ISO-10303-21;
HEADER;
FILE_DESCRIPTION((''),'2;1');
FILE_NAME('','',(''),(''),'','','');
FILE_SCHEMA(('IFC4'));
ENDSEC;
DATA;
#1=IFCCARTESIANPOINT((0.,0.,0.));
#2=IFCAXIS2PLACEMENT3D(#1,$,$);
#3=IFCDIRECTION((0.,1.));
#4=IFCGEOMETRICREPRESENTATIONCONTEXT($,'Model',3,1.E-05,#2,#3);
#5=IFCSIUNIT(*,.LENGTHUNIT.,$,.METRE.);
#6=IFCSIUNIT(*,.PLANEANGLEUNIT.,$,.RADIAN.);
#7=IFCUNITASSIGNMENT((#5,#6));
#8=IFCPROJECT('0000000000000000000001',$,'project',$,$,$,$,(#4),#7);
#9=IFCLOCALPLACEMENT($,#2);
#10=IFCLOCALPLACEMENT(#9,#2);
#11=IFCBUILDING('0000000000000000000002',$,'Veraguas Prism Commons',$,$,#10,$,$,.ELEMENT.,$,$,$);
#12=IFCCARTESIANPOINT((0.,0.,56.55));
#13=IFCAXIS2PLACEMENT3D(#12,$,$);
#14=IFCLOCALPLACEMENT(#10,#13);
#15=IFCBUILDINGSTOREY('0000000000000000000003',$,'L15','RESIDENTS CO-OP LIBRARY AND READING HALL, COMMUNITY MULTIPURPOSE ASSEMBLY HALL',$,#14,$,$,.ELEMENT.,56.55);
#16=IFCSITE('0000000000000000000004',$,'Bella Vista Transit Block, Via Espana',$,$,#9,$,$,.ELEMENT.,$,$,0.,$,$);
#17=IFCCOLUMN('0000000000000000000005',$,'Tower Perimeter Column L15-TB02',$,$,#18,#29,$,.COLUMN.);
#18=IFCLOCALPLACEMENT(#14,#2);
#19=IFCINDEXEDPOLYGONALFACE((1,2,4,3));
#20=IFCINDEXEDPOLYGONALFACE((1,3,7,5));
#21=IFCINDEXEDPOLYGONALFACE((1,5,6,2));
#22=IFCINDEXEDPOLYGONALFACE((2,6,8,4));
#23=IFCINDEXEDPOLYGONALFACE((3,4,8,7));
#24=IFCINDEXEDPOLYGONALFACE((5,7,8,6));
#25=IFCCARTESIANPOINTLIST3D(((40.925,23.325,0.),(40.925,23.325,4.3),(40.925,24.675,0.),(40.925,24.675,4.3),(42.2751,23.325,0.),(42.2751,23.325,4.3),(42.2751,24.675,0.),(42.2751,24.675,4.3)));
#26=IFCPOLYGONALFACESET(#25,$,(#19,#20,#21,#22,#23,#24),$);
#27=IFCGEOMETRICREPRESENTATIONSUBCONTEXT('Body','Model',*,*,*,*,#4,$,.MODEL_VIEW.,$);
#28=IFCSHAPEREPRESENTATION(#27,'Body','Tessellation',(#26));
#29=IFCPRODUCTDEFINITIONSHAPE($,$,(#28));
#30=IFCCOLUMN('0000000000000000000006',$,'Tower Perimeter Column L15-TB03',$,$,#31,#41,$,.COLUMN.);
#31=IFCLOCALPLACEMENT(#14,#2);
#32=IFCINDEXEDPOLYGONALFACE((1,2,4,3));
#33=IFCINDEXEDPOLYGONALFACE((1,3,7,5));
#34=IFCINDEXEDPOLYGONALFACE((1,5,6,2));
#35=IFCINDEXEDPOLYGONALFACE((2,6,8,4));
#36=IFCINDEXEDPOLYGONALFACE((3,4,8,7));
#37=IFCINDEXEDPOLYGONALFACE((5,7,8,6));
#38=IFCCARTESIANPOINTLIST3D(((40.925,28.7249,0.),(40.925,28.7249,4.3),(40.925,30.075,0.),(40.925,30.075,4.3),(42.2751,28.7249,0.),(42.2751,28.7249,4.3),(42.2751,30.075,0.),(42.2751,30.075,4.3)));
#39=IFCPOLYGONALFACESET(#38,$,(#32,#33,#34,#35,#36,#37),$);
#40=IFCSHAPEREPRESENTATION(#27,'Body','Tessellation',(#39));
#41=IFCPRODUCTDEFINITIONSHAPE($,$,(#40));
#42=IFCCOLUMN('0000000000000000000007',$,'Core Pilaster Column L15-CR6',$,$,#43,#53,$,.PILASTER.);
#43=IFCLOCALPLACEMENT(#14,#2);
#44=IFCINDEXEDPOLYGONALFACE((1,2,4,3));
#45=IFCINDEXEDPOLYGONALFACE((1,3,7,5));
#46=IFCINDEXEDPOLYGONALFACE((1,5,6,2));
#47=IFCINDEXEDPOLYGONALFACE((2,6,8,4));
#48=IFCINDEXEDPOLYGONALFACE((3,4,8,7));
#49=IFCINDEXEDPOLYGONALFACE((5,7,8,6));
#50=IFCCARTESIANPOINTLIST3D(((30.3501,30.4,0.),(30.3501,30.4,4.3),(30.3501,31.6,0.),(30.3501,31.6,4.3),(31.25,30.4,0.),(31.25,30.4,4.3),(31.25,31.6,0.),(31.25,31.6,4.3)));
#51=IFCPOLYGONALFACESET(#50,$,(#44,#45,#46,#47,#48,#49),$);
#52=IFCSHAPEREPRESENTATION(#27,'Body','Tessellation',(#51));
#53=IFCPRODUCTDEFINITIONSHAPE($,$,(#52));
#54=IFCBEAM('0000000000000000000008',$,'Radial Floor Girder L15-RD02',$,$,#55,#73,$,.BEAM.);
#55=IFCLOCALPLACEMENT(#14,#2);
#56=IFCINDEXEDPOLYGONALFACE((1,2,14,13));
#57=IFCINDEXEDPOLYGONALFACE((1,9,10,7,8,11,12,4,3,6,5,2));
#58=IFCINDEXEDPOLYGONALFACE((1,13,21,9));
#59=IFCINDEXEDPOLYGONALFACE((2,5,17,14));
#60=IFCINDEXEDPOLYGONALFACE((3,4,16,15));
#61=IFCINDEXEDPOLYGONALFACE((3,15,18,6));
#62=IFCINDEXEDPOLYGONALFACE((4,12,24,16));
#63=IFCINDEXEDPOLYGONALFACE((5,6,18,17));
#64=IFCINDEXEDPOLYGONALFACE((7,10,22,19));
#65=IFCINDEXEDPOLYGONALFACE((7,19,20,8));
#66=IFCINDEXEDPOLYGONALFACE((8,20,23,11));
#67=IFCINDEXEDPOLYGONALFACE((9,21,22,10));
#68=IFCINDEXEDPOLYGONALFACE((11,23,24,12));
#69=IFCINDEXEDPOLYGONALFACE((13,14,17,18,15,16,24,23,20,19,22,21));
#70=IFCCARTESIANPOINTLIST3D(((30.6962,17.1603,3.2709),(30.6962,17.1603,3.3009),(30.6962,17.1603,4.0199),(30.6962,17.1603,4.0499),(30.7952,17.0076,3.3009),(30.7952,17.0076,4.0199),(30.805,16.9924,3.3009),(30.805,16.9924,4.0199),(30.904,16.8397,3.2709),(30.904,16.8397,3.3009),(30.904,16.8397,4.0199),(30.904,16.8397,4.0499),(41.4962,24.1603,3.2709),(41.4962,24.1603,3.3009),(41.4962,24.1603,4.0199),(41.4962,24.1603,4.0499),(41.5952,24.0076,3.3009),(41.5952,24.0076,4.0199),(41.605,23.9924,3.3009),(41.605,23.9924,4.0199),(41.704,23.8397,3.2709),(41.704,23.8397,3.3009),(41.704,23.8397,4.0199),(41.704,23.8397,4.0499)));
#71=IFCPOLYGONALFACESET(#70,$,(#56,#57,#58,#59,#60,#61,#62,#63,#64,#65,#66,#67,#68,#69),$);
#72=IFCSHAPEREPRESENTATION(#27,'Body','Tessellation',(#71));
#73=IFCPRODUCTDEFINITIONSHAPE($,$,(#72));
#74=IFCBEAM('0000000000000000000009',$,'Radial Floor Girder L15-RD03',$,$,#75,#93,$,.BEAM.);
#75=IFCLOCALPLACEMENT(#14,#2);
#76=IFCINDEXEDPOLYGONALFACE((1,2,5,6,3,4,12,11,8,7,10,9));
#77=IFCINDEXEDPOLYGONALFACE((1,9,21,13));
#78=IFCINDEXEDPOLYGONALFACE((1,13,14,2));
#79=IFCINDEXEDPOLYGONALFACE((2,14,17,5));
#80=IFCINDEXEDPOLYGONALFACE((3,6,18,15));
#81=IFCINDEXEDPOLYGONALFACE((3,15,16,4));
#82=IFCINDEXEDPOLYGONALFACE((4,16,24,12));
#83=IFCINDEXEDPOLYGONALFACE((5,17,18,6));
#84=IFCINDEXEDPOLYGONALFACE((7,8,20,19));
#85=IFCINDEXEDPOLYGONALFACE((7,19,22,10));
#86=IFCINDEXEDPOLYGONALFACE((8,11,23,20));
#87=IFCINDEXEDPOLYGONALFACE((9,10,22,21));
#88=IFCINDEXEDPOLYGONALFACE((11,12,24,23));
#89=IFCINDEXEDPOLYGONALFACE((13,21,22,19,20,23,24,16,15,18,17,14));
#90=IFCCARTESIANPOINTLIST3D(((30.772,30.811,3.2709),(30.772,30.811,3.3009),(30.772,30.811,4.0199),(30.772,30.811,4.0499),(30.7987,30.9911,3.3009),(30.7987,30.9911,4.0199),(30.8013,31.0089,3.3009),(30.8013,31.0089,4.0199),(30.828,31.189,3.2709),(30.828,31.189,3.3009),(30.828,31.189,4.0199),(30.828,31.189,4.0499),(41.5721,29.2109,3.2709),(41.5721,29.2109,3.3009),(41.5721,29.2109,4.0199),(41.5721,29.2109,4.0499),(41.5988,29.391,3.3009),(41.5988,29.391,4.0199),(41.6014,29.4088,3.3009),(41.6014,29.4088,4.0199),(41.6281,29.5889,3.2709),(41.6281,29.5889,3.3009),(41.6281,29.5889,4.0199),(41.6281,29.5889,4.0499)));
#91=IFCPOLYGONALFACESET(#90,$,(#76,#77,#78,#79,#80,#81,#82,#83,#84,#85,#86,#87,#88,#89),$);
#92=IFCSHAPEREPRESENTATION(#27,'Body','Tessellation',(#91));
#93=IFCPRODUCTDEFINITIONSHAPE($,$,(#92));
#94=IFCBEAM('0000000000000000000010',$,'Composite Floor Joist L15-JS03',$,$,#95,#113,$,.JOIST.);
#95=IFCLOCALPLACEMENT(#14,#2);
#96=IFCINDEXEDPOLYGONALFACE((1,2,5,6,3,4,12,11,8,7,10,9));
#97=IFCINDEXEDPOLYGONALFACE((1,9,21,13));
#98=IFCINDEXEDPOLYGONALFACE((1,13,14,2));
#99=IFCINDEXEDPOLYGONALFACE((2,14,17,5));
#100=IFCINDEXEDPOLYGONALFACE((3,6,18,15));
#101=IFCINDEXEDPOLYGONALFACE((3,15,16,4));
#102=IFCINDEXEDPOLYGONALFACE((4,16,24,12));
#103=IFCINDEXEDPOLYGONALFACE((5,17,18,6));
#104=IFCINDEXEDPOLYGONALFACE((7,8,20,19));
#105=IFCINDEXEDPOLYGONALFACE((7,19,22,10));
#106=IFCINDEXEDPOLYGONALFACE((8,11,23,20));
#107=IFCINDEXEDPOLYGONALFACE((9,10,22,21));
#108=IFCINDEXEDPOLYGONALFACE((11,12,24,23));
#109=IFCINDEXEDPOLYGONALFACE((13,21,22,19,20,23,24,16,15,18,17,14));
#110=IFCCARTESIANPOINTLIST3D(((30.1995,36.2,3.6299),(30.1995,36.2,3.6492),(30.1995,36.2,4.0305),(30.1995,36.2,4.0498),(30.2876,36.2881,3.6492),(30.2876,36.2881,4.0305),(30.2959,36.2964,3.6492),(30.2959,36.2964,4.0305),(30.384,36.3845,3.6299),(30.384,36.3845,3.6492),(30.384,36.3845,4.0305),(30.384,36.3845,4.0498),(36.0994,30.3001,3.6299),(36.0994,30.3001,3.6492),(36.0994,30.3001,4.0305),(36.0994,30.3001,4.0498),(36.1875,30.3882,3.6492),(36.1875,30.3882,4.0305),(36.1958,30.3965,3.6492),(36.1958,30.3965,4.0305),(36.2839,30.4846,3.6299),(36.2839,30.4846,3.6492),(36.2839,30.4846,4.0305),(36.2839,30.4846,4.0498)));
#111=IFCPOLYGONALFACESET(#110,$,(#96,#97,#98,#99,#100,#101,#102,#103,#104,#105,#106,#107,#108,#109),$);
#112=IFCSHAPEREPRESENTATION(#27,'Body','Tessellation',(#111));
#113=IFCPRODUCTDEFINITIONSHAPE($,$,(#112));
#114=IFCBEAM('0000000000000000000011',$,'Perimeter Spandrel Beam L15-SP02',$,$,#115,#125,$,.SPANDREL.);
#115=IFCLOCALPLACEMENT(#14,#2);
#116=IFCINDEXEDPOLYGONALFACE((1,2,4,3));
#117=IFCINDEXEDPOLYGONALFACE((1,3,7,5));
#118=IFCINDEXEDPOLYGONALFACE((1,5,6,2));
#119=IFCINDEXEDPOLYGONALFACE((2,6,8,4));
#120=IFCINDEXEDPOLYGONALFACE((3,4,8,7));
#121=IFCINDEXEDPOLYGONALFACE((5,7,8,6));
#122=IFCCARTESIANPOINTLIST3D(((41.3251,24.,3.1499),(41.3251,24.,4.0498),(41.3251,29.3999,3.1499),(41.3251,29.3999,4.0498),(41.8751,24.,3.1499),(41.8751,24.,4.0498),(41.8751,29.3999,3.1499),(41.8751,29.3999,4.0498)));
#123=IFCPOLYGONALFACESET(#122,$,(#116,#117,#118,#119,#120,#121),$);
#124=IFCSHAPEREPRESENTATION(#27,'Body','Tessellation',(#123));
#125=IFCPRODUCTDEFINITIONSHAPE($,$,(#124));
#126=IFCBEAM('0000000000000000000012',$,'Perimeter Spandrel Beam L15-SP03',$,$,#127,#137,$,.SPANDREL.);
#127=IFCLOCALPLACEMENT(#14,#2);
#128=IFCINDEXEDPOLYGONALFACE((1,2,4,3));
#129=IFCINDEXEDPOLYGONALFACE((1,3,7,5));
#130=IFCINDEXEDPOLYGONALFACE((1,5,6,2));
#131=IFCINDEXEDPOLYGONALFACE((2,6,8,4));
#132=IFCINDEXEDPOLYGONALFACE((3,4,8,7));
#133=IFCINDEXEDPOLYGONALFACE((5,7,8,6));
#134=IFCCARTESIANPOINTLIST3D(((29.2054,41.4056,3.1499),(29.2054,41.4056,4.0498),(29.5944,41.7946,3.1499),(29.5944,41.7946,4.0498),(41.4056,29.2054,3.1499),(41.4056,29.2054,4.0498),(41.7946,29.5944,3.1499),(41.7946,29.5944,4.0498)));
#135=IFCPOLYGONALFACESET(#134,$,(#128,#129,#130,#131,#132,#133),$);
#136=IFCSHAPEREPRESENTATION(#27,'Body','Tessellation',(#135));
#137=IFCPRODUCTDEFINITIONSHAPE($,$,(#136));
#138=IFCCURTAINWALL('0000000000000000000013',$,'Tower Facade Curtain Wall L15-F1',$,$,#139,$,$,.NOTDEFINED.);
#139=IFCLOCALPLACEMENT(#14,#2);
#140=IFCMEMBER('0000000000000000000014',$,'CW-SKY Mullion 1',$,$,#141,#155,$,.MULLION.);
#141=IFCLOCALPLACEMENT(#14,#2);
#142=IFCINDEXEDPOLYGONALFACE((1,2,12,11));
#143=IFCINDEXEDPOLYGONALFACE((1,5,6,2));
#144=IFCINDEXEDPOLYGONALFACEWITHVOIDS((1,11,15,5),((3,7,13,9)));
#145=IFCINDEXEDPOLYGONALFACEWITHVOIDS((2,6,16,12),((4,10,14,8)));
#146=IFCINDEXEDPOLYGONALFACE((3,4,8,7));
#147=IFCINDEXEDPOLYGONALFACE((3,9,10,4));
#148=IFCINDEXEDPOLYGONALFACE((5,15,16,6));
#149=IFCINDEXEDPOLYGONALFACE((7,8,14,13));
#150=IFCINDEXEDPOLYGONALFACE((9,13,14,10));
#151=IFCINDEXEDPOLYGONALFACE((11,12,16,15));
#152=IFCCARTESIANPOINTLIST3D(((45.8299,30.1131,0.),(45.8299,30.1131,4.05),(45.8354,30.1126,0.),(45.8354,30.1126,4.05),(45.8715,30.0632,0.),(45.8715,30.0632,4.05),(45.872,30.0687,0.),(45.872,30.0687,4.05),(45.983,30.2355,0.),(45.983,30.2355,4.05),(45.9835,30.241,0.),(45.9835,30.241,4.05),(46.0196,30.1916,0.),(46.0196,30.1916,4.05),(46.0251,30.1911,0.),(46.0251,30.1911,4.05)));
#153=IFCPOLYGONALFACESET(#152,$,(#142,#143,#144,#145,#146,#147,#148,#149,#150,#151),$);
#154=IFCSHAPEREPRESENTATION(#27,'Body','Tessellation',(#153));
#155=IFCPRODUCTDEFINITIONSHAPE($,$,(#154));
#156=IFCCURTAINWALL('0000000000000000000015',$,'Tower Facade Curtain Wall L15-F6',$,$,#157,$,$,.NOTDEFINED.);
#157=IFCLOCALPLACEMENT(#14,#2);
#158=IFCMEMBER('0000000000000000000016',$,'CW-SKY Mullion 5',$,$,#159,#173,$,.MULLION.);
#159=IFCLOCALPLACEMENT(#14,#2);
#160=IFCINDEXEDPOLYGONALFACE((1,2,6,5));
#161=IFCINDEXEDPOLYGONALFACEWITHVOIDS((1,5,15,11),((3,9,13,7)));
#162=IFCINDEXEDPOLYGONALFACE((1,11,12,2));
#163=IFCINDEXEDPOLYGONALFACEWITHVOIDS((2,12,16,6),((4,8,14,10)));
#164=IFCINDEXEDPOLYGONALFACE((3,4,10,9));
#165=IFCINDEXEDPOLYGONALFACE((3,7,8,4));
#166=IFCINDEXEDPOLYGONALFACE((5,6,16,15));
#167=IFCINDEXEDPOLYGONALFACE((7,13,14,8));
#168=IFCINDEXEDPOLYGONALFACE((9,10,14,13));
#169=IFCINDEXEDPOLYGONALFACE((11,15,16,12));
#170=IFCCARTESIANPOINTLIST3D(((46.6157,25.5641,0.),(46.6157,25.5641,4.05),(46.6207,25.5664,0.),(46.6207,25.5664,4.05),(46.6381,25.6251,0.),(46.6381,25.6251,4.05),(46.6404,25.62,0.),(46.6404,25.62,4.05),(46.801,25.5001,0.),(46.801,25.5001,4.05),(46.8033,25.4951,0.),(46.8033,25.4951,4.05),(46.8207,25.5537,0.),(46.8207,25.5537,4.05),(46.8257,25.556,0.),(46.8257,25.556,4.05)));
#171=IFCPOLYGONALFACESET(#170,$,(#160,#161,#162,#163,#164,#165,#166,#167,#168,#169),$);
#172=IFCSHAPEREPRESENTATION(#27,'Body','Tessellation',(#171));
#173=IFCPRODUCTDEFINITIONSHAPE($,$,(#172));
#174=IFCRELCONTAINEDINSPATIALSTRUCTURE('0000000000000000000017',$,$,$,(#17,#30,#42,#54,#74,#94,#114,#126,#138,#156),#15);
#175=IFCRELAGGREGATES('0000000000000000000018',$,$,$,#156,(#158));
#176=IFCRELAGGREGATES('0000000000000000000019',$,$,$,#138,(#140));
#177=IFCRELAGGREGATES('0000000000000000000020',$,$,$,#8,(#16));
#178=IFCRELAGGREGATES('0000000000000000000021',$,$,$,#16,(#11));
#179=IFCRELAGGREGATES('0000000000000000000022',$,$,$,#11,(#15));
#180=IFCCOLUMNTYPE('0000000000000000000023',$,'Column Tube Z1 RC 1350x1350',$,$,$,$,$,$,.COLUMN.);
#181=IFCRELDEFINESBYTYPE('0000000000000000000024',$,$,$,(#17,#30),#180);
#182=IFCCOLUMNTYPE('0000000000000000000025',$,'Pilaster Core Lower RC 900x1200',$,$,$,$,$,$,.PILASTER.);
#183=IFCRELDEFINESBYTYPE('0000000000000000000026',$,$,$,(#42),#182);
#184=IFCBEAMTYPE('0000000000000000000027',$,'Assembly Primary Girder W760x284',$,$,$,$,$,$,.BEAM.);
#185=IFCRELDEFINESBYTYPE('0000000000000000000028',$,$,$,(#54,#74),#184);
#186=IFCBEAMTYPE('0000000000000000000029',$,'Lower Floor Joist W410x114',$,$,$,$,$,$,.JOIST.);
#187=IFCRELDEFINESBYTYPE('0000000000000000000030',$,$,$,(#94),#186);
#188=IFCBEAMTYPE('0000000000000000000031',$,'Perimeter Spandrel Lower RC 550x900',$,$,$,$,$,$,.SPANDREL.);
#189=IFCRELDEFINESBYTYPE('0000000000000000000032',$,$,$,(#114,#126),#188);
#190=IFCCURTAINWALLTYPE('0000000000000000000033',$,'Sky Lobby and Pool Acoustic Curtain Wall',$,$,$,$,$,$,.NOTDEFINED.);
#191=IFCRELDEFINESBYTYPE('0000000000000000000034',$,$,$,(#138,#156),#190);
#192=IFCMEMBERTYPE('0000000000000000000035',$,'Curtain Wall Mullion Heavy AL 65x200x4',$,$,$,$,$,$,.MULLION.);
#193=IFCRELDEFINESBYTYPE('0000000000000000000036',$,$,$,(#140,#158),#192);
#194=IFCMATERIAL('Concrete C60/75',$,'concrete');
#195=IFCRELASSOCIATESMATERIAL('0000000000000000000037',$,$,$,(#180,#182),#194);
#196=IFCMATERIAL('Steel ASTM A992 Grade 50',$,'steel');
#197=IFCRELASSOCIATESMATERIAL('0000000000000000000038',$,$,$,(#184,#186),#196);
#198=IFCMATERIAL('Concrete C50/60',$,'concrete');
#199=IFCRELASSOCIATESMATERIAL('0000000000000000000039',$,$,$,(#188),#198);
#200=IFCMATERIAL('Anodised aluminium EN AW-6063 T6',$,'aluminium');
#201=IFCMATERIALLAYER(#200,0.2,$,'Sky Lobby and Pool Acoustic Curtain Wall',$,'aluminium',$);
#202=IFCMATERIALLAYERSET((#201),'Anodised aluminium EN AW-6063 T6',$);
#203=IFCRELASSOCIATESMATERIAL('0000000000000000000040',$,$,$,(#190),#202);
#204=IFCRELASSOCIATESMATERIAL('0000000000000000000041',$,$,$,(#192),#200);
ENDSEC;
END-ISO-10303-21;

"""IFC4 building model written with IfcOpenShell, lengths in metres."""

from ifc_helpers import new_model, si_unit, direction, frame, origin, origin_2d, place, context, subcontext, project, spatial, rectangle, hollow_rectangle, i_section, extrude, source, transform, mapped, material, layer, layer_set, material_profile, profile_set, type_object, element, aggregate, save


model = new_model("IFC4")

# Units and contexts
model_context = context("Model", 3, precision=1e-05, world=origin(), true_north=direction((0.0, 1.0)))
body_context = subcontext(model_context, "Body", "Model", "MODEL_VIEW")
ifc_project = project(units=[si_unit("LENGTHUNIT", "METRE"), si_unit("PLANEANGLEUNIT", "RADIAN")], contexts=[model_context])

# Site, building, storey
site_placement = place(None, origin())
site = spatial("IfcSite", under=ifc_project, at=site_placement, Name="Bella Vista Transit Block, Via Espana", CompositionType="ELEMENT", RefElevation=0.0)
building_placement = place(site_placement, origin())
building = spatial("IfcBuilding", under=site, at=building_placement, Name="Veraguas Prism Commons", CompositionType="ELEMENT")
storey_placement = place(building_placement, frame((0.0, 0.0, 56.55)))
storey = spatial("IfcBuildingStorey", under=building, at=storey_placement, Name="L15", Description="RESIDENTS CO-OP LIBRARY AND READING HALL, COMMUNITY MULTIPURPOSE ASSEMBLY HALL", CompositionType="ELEMENT", Elevation=56.55)

# Columns
ifc_material_1 = material(Name="Concrete C60/75", Category="concrete")
ifc_material_profile_1 = material_profile(ifc_material_1, rectangle(XDim=1.3501, YDim=1.3501, at=origin_2d()), Name="RC1350X1350")
ifc_profile_set_1 = profile_set([ifc_material_profile_1], Name="Concrete C60/75")
column_type_1 = type_object("IfcColumnType", Name="Column Tube Z1 RC 1350x1350", PredefinedType="COLUMN", material=ifc_profile_set_1)
for number, where, z_axis, x_axis, name in (
    (1, (41.6001, 24.0, 0.0), (0.0, 0.0, 1.0), (1.0, 0.0, 0.0), "Tower Perimeter Column L15-TB02"),
    (2, (41.6001, 29.3999, 0.0), (0.0, 0.0, 1.0), (1.0, 0.0, 0.0), "Tower Perimeter Column L15-TB03"),
):
    element("IfcColumn", number, at=place(storey_placement, frame(where, z_axis=z_axis, x_axis=x_axis)), inside=storey, type_object=column_type_1, Name=name, PredefinedType="COLUMN", context=body_context, shape_type="SweptSolid", body=[
        extrude(rectangle(XDim=1.3501, YDim=1.3501, at=origin_2d()), origin(), (0.0, 0.0, 1.0), 4.3),
    ])
ifc_material_profile_2 = material_profile(ifc_material_1, rectangle(XDim=0.8999, YDim=1.2, at=origin_2d()), Name="RC900X1200")
ifc_profile_set_2 = profile_set([ifc_material_profile_2], Name="Concrete C60/75")
column_type_2 = type_object("IfcColumnType", Name="Pilaster Core Lower RC 900x1200", PredefinedType="PILASTER", material=ifc_profile_set_2)
column_placement = place(storey_placement, frame((30.8, 31.0, 0.0), z_axis=(0.0, 0.0, 1.0), x_axis=(1.0, 0.0, 0.0)))
element("IfcColumn", 3, at=column_placement, inside=storey, type_object=column_type_2, Name="Core Pilaster Column L15-CR6", PredefinedType="PILASTER", context=body_context, shape_type="SweptSolid", body=[
    extrude(rectangle(XDim=0.8999, YDim=1.2, at=origin_2d()), origin(), (0.0, 0.0, 1.0), 4.3),
])

# Beams
ifc_material_2 = material(Name="Steel ASTM A992 Grade 50", Category="steel")
ifc_material_profile_3 = material_profile(ifc_material_2, i_section(OverallWidth=0.3821, OverallDepth=0.7791, WebThickness=0.0181, FlangeThickness=0.03, at=origin_2d()), Name="W760X284")
ifc_profile_set_3 = profile_set([ifc_material_profile_3], Name="Steel ASTM A992 Grade 50")
beam_type_1 = type_object("IfcBeamType", Name="Assembly Primary Girder W760x284", PredefinedType="BEAM", material=ifc_profile_set_3)
beam_1_placement = place(storey_placement, frame((41.6001, 24.0, 3.6604), z_axis=(-0.839154, -0.543894, 0.0), x_axis=(0.543894, -0.839154, 0.0)))
element("IfcBeam", 4, at=beam_1_placement, inside=storey, type_object=beam_type_1, Name="Radial Floor Girder L15-RD02", PredefinedType="BEAM", context=body_context, shape_type="SweptSolid", body=[
    extrude(i_section(OverallWidth=0.3821, OverallDepth=0.7791, WebThickness=0.0181, FlangeThickness=0.03, at=origin_2d()), origin(), (0.0, 0.0, 1.0), 12.8701),
])
beam_2_placement = place(storey_placement, frame((41.6001, 29.3999, 3.6604), z_axis=(-0.989202, 0.146557, 0.0), x_axis=(-0.146557, -0.989202, 0.0)))
element("IfcBeam", 5, at=beam_2_placement, inside=storey, type_object=beam_type_1, Name="Radial Floor Girder L15-RD03", PredefinedType="BEAM", context=body_context, shape_type="SweptSolid", body=[
    extrude(i_section(OverallWidth=0.3821, OverallDepth=0.7791, WebThickness=0.0181, FlangeThickness=0.03, at=origin_2d()), origin(), (0.0, 0.0, 1.0), 10.918),
])
ifc_material_profile_4 = material_profile(ifc_material_2, i_section(OverallWidth=0.261, OverallDepth=0.4199, WebThickness=0.0117, FlangeThickness=0.0193, at=origin_2d()), Name="W410X114")
ifc_profile_set_4 = profile_set([ifc_material_profile_4], Name="Steel ASTM A992 Grade 50")
beam_type_2 = type_object("IfcBeamType", Name="Lower Floor Joist W410x114", PredefinedType="JOIST", material=ifc_profile_set_4)
beam_3_placement = place(storey_placement, frame((36.1917, 30.3923, 3.8398), z_axis=(-0.707107, 0.707107, 0.0), x_axis=(-0.707107, -0.707107, 0.0)))
element("IfcBeam", 6, at=beam_3_placement, inside=storey, type_object=beam_type_2, Name="Composite Floor Joist L15-JS03", PredefinedType="JOIST", context=body_context, shape_type="SweptSolid", body=[
    extrude(i_section(OverallWidth=0.261, OverallDepth=0.4199, WebThickness=0.0117, FlangeThickness=0.0193, at=origin_2d()), origin(), (0.0, 0.0, 1.0), 8.3438),
])
ifc_material_3 = material(Name="Concrete C50/60", Category="concrete")
ifc_material_profile_5 = material_profile(ifc_material_3, rectangle(XDim=0.55, YDim=0.8999, at=origin_2d()), Name="RC550X900")
ifc_profile_set_5 = profile_set([ifc_material_profile_5], Name="Concrete C50/60")
beam_type_3 = type_object("IfcBeamType", Name="Perimeter Spandrel Lower RC 550x900", PredefinedType="SPANDREL", material=ifc_profile_set_5)
beam_4_placement = place(storey_placement, frame((41.6001, 24.0, 3.5999), z_axis=(0.0, 1.0, 0.0), x_axis=(-1.0, 0.0, 0.0)))
element("IfcBeam", 7, at=beam_4_placement, inside=storey, type_object=beam_type_3, Name="Perimeter Spandrel Beam L15-SP02", PredefinedType="SPANDREL", context=body_context, shape_type="SweptSolid", body=[
    extrude(rectangle(XDim=0.55, YDim=0.8999, at=origin_2d()), origin(), (0.0, 0.0, 1.0), 5.3999),
])
beam_5_placement = place(storey_placement, frame((41.6001, 29.3999, 3.5999), z_axis=(-0.707107, 0.707107, 0.0), x_axis=(-0.707107, -0.707107, 0.0)))
element("IfcBeam", 8, at=beam_5_placement, inside=storey, type_object=beam_type_3, Name="Perimeter Spandrel Beam L15-SP03", PredefinedType="SPANDREL", context=body_context, shape_type="SweptSolid", body=[
    extrude(rectangle(XDim=0.55, YDim=0.8999, at=origin_2d()), origin(), (0.0, 0.0, 1.0), 17.2537),
])

# Curtain walls, members
ifc_material_4 = material(Name="Anodised aluminium EN AW-6063 T6", Category="aluminium")
ifc_layer_1 = layer(ifc_material_4, 0.2, Name="Sky Lobby and Pool Acoustic Curtain Wall", Category="aluminium")
ifc_layer_set_1 = layer_set([ifc_layer_1], Name="Anodised aluminium EN AW-6063 T6")
curtain_wall_type = type_object("IfcCurtainWallType", Name="Sky Lobby and Pool Acoustic Curtain Wall", PredefinedType="NOTDEFINED", material=ifc_layer_set_1)
curtain_wall_1_placement = place(storey_placement, origin())
curtain_wall_1 = element("IfcCurtainWall", 9, at=curtain_wall_1_placement, inside=storey, type_object=curtain_wall_type, Name="Tower Facade Curtain Wall L15-F1", PredefinedType="NOTDEFINED")
ifc_material_profile_6 = material_profile(ifc_material_4, hollow_rectangle(XDim=0.0649, YDim=0.2, WallThickness=0.0039, at=origin_2d()), Name="AL65X200X4")
ifc_profile_set_6 = profile_set([ifc_material_profile_6], Name="Anodised aluminium EN AW-6063 T6")
member_type_1 = type_object("IfcMemberType", Name="Curtain Wall Mullion Heavy AL 65x200x4", PredefinedType="MULLION", material=ifc_profile_set_6)
shared_shape_1 = source(origin(), body_context, "Body", "SweptSolid", [
    extrude(hollow_rectangle(XDim=0.0649, YDim=0.2, WallThickness=0.0039, at=origin_2d()), origin(), (0.0, 0.0, 1.0), 4.05),
])
member_1_placement = place(storey_placement, frame((45.9275, 30.1521, 0.0), z_axis=(0.0, 0.0, 1.0), x_axis=(-0.64011, 0.768284, 0.0)))
member_1 = element("IfcMember", 10, at=member_1_placement, type_object=member_type_1, Name="CW-SKY Mullion 1", PredefinedType="MULLION", context=body_context, shape_type="MappedRepresentation", body=[
    mapped(shared_shape_1, transform((0.0, 0.0, 0.0), scale=1.0)),
])
curtain_wall_2_placement = place(storey_placement, origin())
curtain_wall_2 = element("IfcCurtainWall", 11, at=curtain_wall_2_placement, inside=storey, type_object=curtain_wall_type, Name="Tower Facade Curtain Wall L15-F6", PredefinedType="NOTDEFINED")
member_2_placement = place(storey_placement, frame((46.7207, 25.5601, 0.0), z_axis=(0.0, 0.0, 1.0), x_axis=(0.345301, 0.938492, 0.0)))
member_2 = element("IfcMember", 12, at=member_2_placement, type_object=member_type_1, Name="CW-SKY Mullion 5", PredefinedType="MULLION", context=body_context, shape_type="MappedRepresentation", body=[
    mapped(shared_shape_1, transform((0.0, 0.0, 0.0), scale=1.0)),
])
aggregate(curtain_wall_2, [member_2])

aggregate(curtain_wall_1, [member_1])

save(model, "model.ifc")
